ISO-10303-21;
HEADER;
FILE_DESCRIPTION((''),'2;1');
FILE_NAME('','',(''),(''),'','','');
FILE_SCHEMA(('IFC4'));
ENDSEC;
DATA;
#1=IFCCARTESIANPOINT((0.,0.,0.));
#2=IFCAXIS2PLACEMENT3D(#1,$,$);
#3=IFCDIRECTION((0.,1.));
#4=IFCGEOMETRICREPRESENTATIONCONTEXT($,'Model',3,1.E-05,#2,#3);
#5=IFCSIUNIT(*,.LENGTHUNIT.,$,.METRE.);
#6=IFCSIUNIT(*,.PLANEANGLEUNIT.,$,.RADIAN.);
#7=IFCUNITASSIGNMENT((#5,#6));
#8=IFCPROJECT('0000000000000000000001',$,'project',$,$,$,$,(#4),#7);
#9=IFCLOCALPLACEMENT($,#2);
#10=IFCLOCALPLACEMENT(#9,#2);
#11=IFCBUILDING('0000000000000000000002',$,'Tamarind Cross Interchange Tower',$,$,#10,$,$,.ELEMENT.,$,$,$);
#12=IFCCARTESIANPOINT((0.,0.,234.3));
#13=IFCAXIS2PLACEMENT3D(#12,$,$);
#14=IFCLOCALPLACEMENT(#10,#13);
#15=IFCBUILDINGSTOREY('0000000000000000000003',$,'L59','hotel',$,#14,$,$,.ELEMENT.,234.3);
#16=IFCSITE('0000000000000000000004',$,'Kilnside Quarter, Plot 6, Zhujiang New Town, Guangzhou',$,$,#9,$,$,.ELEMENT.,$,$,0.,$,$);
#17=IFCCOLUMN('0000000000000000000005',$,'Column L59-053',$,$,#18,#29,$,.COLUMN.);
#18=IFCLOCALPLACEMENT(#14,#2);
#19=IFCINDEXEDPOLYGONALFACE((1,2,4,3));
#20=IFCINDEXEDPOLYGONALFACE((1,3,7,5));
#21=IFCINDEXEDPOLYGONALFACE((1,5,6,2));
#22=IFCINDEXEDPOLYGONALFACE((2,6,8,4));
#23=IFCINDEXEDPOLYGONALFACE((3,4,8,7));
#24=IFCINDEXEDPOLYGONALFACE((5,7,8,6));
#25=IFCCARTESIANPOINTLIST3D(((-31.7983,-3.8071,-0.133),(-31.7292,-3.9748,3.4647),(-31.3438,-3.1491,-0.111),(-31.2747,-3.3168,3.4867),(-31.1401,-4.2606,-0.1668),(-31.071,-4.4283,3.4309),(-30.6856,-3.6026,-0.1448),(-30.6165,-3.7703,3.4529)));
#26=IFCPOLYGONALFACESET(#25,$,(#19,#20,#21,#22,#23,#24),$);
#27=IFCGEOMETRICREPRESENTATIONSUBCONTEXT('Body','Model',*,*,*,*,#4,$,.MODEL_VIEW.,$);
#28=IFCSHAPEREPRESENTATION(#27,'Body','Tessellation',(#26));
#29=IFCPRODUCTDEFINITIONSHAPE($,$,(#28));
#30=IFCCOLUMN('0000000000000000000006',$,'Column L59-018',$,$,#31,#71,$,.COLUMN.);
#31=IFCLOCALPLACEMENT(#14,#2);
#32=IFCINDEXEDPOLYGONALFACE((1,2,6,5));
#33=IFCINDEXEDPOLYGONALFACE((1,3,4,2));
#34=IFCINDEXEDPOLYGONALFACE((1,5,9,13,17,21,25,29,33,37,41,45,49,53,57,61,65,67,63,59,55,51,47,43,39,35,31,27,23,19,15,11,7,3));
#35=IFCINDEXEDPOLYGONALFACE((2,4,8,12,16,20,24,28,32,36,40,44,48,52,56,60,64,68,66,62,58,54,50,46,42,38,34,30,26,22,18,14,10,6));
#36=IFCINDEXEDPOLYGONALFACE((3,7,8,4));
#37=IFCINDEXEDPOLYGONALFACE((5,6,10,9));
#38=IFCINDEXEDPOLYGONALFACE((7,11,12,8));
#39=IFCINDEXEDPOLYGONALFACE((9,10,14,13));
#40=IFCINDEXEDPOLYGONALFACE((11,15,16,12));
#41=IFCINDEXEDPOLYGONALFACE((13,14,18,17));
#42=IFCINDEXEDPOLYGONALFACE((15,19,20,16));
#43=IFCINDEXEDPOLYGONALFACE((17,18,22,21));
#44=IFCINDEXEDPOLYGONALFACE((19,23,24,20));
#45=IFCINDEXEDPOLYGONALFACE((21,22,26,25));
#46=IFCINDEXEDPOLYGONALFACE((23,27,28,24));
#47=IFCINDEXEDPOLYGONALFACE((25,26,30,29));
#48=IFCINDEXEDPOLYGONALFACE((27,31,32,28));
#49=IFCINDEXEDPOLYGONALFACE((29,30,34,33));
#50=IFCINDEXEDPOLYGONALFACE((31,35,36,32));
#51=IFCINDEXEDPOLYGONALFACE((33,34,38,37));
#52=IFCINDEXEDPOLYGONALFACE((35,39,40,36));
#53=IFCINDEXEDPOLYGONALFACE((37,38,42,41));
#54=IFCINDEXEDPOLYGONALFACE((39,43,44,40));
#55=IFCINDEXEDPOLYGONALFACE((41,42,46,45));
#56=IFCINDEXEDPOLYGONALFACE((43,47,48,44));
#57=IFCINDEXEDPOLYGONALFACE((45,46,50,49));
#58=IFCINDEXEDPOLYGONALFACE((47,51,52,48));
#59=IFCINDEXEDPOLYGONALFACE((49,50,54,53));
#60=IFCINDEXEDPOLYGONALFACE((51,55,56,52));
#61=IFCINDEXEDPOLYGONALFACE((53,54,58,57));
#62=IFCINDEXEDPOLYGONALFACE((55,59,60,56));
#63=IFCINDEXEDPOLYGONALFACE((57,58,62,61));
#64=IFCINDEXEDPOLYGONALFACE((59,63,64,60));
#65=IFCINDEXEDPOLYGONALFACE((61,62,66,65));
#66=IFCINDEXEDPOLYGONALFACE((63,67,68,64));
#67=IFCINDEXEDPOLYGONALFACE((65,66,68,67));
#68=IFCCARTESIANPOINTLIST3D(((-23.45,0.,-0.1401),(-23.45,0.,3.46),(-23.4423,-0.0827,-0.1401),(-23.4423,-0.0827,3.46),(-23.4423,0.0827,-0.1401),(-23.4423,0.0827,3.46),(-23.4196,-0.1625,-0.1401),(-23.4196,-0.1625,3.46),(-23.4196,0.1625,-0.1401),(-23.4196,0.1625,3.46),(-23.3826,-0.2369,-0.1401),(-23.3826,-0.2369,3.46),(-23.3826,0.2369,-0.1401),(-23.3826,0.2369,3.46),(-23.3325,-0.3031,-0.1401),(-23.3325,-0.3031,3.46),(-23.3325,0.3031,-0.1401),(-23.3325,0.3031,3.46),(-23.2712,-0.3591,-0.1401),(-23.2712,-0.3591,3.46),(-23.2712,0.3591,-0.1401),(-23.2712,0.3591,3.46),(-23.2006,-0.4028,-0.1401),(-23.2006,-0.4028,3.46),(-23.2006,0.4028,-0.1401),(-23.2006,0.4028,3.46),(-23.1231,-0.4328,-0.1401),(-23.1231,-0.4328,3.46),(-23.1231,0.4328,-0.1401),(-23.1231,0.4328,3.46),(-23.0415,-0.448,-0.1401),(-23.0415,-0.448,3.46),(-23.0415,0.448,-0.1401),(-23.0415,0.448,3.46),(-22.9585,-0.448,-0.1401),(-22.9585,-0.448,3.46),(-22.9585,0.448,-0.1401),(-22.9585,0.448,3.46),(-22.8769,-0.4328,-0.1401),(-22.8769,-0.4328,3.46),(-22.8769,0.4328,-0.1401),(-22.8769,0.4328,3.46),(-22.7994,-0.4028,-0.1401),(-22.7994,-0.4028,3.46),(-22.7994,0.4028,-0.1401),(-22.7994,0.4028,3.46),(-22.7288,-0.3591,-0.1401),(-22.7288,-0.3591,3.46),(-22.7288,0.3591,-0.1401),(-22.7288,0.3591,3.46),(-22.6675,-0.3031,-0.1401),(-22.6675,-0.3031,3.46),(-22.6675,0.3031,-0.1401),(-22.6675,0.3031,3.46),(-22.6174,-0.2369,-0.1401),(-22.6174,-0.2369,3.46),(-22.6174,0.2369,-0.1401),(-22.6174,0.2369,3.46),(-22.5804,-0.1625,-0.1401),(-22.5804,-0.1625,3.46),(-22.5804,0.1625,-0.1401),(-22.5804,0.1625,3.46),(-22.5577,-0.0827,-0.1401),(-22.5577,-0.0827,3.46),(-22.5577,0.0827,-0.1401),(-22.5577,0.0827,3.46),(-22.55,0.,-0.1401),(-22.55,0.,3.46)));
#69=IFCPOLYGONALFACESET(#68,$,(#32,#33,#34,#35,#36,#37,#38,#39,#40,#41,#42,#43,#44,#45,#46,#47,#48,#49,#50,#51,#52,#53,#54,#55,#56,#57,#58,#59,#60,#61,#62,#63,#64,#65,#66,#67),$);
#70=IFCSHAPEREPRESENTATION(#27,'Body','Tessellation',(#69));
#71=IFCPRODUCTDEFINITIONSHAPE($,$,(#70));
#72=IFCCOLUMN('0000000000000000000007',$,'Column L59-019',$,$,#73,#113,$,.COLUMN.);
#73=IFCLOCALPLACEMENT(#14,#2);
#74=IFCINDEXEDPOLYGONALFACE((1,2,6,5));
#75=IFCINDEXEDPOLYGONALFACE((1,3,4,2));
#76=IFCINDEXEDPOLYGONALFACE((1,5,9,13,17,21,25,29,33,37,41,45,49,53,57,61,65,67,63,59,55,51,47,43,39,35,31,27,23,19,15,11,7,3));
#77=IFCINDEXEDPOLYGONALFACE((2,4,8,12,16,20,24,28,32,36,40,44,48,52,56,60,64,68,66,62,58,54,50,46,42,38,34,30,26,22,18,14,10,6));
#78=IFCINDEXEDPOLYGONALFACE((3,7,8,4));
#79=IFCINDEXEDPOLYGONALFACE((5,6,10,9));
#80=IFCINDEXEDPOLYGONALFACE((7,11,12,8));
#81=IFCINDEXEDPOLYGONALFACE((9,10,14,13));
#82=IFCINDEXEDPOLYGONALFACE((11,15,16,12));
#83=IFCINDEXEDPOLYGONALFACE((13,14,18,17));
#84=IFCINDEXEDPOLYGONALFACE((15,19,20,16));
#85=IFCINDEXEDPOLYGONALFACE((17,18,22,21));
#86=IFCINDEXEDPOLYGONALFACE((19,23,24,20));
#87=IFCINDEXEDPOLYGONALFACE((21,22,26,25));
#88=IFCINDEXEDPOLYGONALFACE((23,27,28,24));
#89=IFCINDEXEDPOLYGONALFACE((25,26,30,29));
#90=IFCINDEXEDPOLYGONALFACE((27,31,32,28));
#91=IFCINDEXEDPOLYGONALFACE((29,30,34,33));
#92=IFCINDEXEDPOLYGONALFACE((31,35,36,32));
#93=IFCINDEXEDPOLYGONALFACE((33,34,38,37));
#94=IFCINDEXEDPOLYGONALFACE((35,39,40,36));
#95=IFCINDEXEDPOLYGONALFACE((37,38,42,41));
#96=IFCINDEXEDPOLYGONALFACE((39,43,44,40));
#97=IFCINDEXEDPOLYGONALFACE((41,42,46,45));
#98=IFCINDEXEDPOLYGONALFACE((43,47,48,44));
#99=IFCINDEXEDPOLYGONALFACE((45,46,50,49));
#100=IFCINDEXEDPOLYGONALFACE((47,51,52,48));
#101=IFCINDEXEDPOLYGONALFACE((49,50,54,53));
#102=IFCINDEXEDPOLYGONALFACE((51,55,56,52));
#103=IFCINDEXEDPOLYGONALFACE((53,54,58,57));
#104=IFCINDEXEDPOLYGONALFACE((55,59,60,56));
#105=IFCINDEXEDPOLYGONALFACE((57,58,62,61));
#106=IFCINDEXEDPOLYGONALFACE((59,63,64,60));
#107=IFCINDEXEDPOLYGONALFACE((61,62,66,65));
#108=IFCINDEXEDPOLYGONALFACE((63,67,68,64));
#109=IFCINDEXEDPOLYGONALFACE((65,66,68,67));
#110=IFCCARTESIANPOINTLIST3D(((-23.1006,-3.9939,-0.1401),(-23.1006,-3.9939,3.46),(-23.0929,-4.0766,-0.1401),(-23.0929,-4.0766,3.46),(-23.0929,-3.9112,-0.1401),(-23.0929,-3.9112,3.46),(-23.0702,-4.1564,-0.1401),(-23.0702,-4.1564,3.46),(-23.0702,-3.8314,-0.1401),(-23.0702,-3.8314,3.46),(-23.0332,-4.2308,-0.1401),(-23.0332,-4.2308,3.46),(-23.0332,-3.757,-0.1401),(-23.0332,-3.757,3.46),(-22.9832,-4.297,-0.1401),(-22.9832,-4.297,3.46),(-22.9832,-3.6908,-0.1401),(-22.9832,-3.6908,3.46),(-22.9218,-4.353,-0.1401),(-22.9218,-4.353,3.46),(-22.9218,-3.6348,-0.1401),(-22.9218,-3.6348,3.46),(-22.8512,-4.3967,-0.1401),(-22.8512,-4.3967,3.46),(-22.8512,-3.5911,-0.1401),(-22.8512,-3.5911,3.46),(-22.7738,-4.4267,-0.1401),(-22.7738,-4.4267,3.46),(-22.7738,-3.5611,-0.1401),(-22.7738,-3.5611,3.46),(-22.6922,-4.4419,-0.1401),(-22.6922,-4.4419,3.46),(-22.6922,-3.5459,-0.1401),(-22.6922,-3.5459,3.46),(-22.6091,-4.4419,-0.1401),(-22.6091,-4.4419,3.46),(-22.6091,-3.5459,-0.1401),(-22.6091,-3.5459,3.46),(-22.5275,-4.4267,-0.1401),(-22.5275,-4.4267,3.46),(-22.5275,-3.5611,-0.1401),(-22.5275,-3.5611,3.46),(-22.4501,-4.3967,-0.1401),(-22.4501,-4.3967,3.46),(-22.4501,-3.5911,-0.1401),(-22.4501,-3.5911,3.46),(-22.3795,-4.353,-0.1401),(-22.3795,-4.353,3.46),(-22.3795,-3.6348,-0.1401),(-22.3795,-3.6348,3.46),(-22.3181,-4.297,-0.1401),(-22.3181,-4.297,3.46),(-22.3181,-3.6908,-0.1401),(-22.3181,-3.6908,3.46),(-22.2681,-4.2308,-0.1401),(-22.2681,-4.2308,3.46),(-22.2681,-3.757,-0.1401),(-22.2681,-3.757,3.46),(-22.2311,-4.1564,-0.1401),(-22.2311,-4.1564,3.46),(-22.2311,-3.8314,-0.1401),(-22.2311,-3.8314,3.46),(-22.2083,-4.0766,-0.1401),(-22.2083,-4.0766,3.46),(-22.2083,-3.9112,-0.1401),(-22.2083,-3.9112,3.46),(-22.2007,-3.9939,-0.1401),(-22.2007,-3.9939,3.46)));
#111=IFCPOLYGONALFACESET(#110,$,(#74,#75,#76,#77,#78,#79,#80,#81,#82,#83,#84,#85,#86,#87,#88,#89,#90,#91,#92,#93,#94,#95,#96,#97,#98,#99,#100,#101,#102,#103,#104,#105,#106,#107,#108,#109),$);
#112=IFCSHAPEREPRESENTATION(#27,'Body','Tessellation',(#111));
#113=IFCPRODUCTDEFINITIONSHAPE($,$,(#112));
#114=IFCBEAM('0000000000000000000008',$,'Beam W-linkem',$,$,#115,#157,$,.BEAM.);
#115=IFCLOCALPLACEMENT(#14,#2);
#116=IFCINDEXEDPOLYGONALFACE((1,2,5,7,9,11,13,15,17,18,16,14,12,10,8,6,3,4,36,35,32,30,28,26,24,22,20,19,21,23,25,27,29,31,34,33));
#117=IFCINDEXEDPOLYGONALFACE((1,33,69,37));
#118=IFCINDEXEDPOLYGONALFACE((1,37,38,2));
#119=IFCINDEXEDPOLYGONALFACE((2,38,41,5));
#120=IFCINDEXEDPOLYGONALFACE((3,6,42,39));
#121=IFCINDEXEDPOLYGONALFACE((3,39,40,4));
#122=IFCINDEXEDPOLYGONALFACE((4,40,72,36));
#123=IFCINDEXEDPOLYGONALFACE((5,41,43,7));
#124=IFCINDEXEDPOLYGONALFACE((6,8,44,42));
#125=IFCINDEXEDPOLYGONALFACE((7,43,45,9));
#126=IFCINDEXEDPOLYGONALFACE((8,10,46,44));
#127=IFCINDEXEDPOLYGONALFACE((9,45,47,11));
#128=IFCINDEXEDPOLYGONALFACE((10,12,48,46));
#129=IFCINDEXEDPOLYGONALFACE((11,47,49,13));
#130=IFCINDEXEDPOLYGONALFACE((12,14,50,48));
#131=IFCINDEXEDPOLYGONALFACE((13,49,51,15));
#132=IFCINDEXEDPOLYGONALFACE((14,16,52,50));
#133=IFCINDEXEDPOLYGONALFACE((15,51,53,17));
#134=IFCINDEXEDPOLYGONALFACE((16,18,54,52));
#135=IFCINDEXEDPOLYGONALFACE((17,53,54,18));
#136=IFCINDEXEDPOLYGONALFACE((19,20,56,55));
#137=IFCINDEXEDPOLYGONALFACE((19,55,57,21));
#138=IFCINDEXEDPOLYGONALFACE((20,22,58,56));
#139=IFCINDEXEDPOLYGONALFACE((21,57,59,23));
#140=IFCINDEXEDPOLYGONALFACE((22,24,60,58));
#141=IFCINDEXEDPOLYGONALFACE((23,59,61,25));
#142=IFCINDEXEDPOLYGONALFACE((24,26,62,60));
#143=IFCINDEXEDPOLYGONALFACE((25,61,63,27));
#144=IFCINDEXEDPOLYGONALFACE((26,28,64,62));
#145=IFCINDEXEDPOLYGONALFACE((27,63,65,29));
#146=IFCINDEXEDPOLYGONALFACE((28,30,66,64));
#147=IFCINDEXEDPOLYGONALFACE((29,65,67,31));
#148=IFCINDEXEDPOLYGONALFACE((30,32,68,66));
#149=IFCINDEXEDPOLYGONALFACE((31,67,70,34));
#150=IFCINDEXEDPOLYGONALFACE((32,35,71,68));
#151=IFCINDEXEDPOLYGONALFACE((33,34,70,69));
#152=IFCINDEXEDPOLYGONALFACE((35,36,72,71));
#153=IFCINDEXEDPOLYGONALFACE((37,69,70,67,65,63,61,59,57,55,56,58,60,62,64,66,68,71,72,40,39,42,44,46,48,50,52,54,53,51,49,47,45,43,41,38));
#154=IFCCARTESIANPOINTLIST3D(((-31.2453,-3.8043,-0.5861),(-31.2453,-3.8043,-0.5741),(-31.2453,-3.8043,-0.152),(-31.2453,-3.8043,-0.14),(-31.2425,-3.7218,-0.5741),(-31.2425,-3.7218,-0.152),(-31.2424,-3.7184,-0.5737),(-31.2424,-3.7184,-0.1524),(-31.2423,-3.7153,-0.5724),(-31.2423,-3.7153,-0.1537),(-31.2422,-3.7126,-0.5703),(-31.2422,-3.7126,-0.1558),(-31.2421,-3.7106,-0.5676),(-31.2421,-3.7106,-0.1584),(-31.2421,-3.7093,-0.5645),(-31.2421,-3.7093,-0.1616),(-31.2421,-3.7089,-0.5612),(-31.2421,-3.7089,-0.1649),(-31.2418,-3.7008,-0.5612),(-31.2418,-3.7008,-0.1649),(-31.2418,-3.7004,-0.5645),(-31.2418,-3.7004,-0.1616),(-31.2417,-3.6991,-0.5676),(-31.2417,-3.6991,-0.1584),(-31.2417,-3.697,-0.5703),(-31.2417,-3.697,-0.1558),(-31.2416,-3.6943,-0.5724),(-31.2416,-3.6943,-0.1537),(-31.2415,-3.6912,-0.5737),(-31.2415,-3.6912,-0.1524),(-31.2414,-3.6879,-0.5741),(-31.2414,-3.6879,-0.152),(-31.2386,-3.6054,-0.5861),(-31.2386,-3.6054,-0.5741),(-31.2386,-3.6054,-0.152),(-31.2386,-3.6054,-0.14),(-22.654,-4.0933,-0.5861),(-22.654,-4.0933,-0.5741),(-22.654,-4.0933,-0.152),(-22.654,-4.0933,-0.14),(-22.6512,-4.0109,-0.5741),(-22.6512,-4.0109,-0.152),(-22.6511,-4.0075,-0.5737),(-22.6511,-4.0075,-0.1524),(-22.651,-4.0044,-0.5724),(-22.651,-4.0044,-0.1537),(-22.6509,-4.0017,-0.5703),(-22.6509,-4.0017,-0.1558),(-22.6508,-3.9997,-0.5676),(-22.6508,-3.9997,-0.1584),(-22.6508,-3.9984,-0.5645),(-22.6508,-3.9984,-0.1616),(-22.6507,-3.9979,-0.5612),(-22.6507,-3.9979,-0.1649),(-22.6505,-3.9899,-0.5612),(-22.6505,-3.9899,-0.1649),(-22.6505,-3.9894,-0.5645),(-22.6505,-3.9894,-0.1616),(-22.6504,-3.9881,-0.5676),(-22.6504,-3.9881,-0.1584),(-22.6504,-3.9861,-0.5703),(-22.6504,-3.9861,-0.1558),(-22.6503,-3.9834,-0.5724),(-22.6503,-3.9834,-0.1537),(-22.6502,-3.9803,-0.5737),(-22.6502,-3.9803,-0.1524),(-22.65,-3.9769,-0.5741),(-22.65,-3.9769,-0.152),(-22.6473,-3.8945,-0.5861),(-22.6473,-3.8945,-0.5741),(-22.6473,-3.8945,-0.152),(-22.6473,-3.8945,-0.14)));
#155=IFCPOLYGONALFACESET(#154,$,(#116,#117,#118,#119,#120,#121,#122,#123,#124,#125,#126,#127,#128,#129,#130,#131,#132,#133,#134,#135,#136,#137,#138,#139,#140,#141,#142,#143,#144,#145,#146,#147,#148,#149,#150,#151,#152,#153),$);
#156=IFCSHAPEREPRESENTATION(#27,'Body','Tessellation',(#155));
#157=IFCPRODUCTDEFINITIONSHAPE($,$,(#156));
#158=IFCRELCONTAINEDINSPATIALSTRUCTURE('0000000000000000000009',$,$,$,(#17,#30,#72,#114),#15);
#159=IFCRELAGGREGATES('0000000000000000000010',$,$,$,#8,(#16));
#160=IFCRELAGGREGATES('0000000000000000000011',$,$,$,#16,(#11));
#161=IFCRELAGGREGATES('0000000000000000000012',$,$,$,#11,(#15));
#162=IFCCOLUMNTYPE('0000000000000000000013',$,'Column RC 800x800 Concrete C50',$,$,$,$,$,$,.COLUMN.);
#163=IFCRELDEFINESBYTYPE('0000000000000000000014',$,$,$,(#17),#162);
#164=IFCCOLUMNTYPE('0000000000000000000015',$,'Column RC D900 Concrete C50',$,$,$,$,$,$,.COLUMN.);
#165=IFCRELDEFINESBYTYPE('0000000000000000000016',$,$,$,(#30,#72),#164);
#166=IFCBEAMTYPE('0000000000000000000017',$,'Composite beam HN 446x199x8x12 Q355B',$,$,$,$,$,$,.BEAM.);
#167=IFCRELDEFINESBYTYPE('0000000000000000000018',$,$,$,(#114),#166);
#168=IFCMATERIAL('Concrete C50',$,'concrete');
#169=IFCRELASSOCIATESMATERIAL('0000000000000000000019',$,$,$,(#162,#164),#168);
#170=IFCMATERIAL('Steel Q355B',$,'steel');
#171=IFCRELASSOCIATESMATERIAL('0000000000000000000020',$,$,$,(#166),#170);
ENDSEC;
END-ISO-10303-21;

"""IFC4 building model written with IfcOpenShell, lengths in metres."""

from ifc_helpers import new_model, si_unit, direction, frame, origin, origin_2d, place, context, subcontext, project, spatial, rectangle, circle, i_section, extrude, material, material_profile, profile_set, type_object, element, save


model = new_model("IFC4")

# Units and contexts
model_context = context("Model", 3, precision=1e-05, world=origin(), true_north=direction((0.0, 1.0)))
body_context = subcontext(model_context, "Body", "Model", "MODEL_VIEW")
ifc_project = project(units=[si_unit("LENGTHUNIT", "METRE"), si_unit("PLANEANGLEUNIT", "RADIAN")], contexts=[model_context])

# Site, building, storey
site_placement = place(None, origin())
site = spatial("IfcSite", under=ifc_project, at=site_placement, Name="Kilnside Quarter, Plot 6, Zhujiang New Town, Guangzhou", CompositionType="ELEMENT", RefElevation=0.0)
building_placement = place(site_placement, origin())
building = spatial("IfcBuilding", under=site, at=building_placement, Name="Tamarind Cross Interchange Tower", CompositionType="ELEMENT")
storey_placement = place(building_placement, frame((0.0, 0.0, 234.3)))
storey = spatial("IfcBuildingStorey", under=building, at=storey_placement, Name="L59", Description="hotel", CompositionType="ELEMENT", Elevation=234.3)

# Columns
ifc_material_1 = material(Name="Concrete C50", Category="concrete")
ifc_material_profile_1 = material_profile(ifc_material_1, rectangle(XDim=0.8, YDim=0.8, at=origin_2d()), Name="RC 800x800")
ifc_profile_set_1 = profile_set([ifc_material_profile_1], Name="Concrete C50")
column_type_1 = type_object("IfcColumnType", Name="Column RC 800x800 Concrete C50", PredefinedType="COLUMN", material=ifc_profile_set_1)
column_placement = place(storey_placement, frame((-31.2419, -3.7048, -0.1389), z_axis=(0.01918, -0.046561, 0.998731), x_axis=(0.568156, 0.822464, 0.027432)))
element("IfcColumn", 1, at=column_placement, inside=storey, type_object=column_type_1, Name="Column L59-053", PredefinedType="COLUMN", context=body_context, shape_type="SweptSolid", body=[
    extrude(rectangle(XDim=0.8, YDim=0.8, at=origin_2d()), origin(), (0.0, 0.0, 1.0), 3.6023),
])
ifc_material_profile_2 = material_profile(ifc_material_1, circle(Radius=0.45, at=origin_2d()), Name="RC D900")
ifc_profile_set_2 = profile_set([ifc_material_profile_2], Name="Concrete C50")
column_type_2 = type_object("IfcColumnType", Name="Column RC D900 Concrete C50", PredefinedType="COLUMN", material=ifc_profile_set_2)
for number, where, z_axis, x_axis, name in (
    (2, (-23.0, 0.0, -0.1401), (0.0, 0.0, 1.0), (1.0, 0.0, 0.0), "Column L59-018"),
    (3, (-22.6506, -3.9939, -0.1401), (0.0, 0.0, 1.0), (1.0, 0.0, 0.0), "Column L59-019"),
):
    element("IfcColumn", number, at=place(storey_placement, frame(where, z_axis=z_axis, x_axis=x_axis)), inside=storey, type_object=column_type_2, Name=name, PredefinedType="COLUMN", context=body_context, shape_type="SweptSolid", body=[
        extrude(circle(Radius=0.45, at=origin_2d()), origin(), (0.0, 0.0, 1.0), 3.6001),
    ])

# Beam
ifc_material_2 = material(Name="Steel Q355B", Category="steel")
ifc_material_profile_3 = material_profile(ifc_material_2, i_section(OverallWidth=0.199, OverallDepth=0.446, WebThickness=0.0081, FlangeThickness=0.012, FilletRadius=0.0129, at=origin_2d()), Name="HN 446x199x8x12")
ifc_profile_set_3 = profile_set([ifc_material_profile_3], Name="Steel Q355B")
beam_type_1 = type_object("IfcBeamType", Name="Composite beam HN 446x199x8x12 Q355B", PredefinedType="BEAM", material=ifc_profile_set_3)
beam_1_placement = place(storey_placement, frame((-31.2419, -3.7048, -0.363), z_axis=(0.999434, -0.033627, 0.0), x_axis=(0.033627, 0.999434, 0.0)))
element("IfcBeam", 4, at=beam_1_placement, inside=storey, type_object=beam_type_1, Name="Beam W-linkem", PredefinedType="BEAM", context=body_context, shape_type="SweptSolid", body=[
    extrude(i_section(OverallWidth=0.199, OverallDepth=0.446, WebThickness=0.0081, FlangeThickness=0.012, FilletRadius=0.0129, at=origin_2d()), origin(), (0.0, 0.0, 1.0), 8.5962),
])

save(model, "model.ifc")
